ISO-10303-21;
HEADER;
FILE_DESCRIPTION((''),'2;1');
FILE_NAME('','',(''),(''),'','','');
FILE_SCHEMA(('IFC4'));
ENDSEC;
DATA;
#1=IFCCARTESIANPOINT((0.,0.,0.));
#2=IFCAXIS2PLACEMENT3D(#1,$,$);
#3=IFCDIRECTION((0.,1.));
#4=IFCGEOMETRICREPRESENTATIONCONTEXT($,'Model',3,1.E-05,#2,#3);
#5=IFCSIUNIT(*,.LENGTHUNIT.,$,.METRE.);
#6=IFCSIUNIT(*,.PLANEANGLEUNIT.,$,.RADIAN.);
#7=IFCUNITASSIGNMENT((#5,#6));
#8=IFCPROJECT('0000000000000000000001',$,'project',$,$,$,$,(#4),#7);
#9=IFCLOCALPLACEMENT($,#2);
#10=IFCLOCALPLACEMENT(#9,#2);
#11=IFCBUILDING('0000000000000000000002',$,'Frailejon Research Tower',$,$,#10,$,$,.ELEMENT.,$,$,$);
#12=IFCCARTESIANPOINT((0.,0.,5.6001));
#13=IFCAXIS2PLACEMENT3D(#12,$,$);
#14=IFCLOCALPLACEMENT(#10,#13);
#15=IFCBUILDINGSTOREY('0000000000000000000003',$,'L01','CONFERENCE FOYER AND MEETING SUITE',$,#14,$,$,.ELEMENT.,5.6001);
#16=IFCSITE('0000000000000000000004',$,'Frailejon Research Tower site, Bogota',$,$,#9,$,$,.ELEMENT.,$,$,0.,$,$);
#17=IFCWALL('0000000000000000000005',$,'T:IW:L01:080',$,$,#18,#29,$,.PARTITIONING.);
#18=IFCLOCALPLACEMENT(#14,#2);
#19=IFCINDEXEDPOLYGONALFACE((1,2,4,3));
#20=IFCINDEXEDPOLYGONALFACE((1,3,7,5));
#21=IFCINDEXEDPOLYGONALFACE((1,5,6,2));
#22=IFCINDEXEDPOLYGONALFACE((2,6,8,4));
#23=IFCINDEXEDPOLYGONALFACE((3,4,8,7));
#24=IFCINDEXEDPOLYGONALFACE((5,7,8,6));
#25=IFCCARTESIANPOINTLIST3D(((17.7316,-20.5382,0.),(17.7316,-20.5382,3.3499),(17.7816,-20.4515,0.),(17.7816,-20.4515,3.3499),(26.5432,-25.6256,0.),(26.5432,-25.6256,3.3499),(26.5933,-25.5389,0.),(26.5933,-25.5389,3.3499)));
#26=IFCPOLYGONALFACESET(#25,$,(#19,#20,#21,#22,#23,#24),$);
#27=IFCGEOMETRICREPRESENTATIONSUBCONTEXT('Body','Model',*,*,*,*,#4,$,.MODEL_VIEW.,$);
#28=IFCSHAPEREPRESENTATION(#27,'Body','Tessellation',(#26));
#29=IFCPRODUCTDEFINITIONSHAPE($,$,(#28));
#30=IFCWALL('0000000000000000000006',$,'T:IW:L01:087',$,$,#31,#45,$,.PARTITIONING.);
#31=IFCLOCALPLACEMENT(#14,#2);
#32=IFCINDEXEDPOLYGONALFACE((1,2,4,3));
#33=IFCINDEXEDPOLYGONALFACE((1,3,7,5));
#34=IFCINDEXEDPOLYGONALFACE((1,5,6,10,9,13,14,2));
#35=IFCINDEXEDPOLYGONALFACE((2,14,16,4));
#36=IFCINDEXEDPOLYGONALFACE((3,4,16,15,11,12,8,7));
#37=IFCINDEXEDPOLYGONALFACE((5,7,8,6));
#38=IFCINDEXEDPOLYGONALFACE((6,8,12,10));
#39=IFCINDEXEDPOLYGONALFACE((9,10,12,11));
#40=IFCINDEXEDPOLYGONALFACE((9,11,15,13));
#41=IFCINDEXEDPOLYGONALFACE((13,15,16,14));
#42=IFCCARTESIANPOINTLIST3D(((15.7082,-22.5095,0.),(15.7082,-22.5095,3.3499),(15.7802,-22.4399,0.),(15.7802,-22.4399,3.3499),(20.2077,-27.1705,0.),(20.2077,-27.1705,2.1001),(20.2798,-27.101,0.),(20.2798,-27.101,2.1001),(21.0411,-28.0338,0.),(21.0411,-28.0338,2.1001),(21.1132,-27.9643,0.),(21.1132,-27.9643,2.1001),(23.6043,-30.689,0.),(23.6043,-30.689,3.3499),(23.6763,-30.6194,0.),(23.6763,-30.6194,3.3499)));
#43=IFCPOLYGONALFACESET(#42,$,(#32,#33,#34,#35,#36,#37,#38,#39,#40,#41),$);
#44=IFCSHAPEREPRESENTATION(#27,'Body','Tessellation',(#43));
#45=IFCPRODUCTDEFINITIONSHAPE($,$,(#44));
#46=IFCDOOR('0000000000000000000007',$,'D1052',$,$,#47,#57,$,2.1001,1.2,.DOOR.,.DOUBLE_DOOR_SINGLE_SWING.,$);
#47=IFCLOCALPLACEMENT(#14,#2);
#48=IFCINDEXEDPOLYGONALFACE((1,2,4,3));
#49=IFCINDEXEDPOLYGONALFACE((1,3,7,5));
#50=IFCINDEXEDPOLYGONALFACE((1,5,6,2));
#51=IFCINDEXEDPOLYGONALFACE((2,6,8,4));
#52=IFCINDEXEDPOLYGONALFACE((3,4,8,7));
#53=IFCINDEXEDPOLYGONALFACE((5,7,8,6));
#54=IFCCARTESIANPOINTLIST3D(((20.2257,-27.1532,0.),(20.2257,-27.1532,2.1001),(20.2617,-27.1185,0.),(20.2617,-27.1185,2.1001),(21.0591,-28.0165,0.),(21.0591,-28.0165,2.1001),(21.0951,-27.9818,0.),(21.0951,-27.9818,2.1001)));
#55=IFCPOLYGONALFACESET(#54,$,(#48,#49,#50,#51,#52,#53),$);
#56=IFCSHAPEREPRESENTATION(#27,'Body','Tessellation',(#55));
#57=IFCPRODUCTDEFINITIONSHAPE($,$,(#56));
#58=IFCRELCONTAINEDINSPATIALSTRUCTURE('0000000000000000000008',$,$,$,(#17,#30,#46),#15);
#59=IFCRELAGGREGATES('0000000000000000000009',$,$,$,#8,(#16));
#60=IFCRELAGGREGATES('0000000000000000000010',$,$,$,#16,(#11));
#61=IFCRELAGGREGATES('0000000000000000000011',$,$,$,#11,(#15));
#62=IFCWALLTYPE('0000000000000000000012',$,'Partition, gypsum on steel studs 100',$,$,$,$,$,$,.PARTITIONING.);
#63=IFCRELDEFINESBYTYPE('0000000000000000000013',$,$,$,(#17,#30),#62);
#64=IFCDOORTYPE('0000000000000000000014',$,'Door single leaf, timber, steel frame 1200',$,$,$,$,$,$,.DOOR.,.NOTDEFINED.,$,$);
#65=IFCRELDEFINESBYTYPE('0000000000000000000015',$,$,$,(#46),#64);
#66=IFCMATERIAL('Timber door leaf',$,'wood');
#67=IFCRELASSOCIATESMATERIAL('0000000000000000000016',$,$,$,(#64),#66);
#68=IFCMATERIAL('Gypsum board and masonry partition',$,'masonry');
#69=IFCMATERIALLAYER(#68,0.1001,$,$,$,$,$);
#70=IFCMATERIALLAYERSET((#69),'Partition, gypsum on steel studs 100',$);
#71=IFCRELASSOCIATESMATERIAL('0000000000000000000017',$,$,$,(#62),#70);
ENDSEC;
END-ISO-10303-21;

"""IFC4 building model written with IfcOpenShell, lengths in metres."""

from ifc_helpers import new_model, si_unit, direction, frame, frame_2d, origin, place, context, subcontext, project, spatial, rectangle, extrude, material, layer, layer_set, type_object, element, fill, save


model = new_model("IFC4")

# Units and contexts
model_context = context("Model", 3, precision=1e-05, world=origin(), true_north=direction((0.0, 1.0)))
body_context = subcontext(model_context, "Body", "Model", "MODEL_VIEW")
ifc_project = project(units=[si_unit("LENGTHUNIT", "METRE"), si_unit("PLANEANGLEUNIT", "RADIAN")], contexts=[model_context])

# Site, building, storey
site_placement = place(None, origin())
site = spatial("IfcSite", under=ifc_project, at=site_placement, Name="Frailejon Research Tower site, Bogota", CompositionType="ELEMENT", RefElevation=0.0)
building_placement = place(site_placement, origin())
building = spatial("IfcBuilding", under=site, at=building_placement, Name="Frailejon Research Tower", CompositionType="ELEMENT")
storey_placement = place(building_placement, frame((0.0, 0.0, 5.6001)))
storey = spatial("IfcBuildingStorey", under=building, at=storey_placement, Name="L01", Description="CONFERENCE FOYER AND MEETING SUITE", CompositionType="ELEMENT", Elevation=5.6001)

# Shared definitions
ifc_material_1 = material(Name="Timber door leaf", Category="wood")
door_type_1 = type_object("IfcDoorType", Name="Door single leaf, timber, steel frame 1200", OperationType="NOTDEFINED", PredefinedType="DOOR", material=ifc_material_1)

# Wall
ifc_material_2 = material(Name="Gypsum board and masonry partition", Category="masonry")
ifc_layer_1 = layer(ifc_material_2, 0.1001)
ifc_layer_set_1 = layer_set([ifc_layer_1], Name="Partition, gypsum on steel studs 100")
wall_type_1 = type_object("IfcWallType", Name="Partition, gypsum on steel studs 100", PredefinedType="PARTITIONING", material=ifc_layer_set_1)
wall_1_placement = place(storey_placement, frame((17.7566, -20.4949, 0.0), z_axis=(0.0, 0.0, 1.0), x_axis=(0.866029, -0.499995, 0.0)))
element("IfcWall", 1, at=wall_1_placement, inside=storey, type_object=wall_type_1, Name="T:IW:L01:080", PredefinedType="PARTITIONING", context=body_context, shape_type="SweptSolid", body=[
    extrude(rectangle(XDim=10.1748, YDim=0.1001, at=frame_2d((5.0874, 0.0))), origin(), (0.0, 0.0, 1.0), 3.3499),
])

# Wall, opening, door
wall_2_placement = place(storey_placement, frame((15.7441, -22.4746, 0.0), z_axis=(0.0, 0.0, 1.0), x_axis=(0.694531, -0.719463, 0.0)))
wall_2 = element("IfcWall", 2, at=wall_2_placement, inside=storey, type_object=wall_type_1, Name="T:IW:L01:087", PredefinedType="PARTITIONING", context=body_context, shape_type="SweptSolid", body=[
    extrude(rectangle(XDim=11.3689, YDim=0.1001, at=frame_2d((5.6846, 0.0))), origin(), (0.0, 0.0, 1.0), 3.3499),
])
opening_1_placement = place(wall_2_placement, frame((6.4785, 0.0, 0.0)))
opening_1 = element("IfcOpeningElement", 3, at=opening_1_placement, cuts=wall_2, PredefinedType="OPENING", context=body_context, shape_type="SweptSolid", body=[
    extrude(rectangle(XDim=1.2, YDim=2.1001, at=frame_2d((0.6001, 1.05))), frame((0.0, 0.0601, 0.0), z_axis=(0.0, -1.0, 0.0), x_axis=(1.0, 0.0, 0.0)), (0.0, 0.0, 1.0), 0.1201),
])
door_1_placement = place(opening_1_placement, origin())
door_1 = element("IfcDoor", 4, at=door_1_placement, inside=storey, type_object=door_type_1, Name="D1052", OperationType="DOUBLE_DOOR_SINGLE_SWING", OverallHeight=2.1001, OverallWidth=1.2, PredefinedType="DOOR", context=body_context, shape_type="SweptSolid", body=[
    extrude(rectangle(XDim=1.2, YDim=2.1001, at=frame_2d((0.6001, 1.05))), frame((0.0, 0.0249, 0.0), z_axis=(0.0, -1.0, 0.0), x_axis=(1.0, 0.0, 0.0)), (0.0, 0.0, 1.0), 0.05),
])
fill(opening_1, door_1)

save(model, "model.ifc")
